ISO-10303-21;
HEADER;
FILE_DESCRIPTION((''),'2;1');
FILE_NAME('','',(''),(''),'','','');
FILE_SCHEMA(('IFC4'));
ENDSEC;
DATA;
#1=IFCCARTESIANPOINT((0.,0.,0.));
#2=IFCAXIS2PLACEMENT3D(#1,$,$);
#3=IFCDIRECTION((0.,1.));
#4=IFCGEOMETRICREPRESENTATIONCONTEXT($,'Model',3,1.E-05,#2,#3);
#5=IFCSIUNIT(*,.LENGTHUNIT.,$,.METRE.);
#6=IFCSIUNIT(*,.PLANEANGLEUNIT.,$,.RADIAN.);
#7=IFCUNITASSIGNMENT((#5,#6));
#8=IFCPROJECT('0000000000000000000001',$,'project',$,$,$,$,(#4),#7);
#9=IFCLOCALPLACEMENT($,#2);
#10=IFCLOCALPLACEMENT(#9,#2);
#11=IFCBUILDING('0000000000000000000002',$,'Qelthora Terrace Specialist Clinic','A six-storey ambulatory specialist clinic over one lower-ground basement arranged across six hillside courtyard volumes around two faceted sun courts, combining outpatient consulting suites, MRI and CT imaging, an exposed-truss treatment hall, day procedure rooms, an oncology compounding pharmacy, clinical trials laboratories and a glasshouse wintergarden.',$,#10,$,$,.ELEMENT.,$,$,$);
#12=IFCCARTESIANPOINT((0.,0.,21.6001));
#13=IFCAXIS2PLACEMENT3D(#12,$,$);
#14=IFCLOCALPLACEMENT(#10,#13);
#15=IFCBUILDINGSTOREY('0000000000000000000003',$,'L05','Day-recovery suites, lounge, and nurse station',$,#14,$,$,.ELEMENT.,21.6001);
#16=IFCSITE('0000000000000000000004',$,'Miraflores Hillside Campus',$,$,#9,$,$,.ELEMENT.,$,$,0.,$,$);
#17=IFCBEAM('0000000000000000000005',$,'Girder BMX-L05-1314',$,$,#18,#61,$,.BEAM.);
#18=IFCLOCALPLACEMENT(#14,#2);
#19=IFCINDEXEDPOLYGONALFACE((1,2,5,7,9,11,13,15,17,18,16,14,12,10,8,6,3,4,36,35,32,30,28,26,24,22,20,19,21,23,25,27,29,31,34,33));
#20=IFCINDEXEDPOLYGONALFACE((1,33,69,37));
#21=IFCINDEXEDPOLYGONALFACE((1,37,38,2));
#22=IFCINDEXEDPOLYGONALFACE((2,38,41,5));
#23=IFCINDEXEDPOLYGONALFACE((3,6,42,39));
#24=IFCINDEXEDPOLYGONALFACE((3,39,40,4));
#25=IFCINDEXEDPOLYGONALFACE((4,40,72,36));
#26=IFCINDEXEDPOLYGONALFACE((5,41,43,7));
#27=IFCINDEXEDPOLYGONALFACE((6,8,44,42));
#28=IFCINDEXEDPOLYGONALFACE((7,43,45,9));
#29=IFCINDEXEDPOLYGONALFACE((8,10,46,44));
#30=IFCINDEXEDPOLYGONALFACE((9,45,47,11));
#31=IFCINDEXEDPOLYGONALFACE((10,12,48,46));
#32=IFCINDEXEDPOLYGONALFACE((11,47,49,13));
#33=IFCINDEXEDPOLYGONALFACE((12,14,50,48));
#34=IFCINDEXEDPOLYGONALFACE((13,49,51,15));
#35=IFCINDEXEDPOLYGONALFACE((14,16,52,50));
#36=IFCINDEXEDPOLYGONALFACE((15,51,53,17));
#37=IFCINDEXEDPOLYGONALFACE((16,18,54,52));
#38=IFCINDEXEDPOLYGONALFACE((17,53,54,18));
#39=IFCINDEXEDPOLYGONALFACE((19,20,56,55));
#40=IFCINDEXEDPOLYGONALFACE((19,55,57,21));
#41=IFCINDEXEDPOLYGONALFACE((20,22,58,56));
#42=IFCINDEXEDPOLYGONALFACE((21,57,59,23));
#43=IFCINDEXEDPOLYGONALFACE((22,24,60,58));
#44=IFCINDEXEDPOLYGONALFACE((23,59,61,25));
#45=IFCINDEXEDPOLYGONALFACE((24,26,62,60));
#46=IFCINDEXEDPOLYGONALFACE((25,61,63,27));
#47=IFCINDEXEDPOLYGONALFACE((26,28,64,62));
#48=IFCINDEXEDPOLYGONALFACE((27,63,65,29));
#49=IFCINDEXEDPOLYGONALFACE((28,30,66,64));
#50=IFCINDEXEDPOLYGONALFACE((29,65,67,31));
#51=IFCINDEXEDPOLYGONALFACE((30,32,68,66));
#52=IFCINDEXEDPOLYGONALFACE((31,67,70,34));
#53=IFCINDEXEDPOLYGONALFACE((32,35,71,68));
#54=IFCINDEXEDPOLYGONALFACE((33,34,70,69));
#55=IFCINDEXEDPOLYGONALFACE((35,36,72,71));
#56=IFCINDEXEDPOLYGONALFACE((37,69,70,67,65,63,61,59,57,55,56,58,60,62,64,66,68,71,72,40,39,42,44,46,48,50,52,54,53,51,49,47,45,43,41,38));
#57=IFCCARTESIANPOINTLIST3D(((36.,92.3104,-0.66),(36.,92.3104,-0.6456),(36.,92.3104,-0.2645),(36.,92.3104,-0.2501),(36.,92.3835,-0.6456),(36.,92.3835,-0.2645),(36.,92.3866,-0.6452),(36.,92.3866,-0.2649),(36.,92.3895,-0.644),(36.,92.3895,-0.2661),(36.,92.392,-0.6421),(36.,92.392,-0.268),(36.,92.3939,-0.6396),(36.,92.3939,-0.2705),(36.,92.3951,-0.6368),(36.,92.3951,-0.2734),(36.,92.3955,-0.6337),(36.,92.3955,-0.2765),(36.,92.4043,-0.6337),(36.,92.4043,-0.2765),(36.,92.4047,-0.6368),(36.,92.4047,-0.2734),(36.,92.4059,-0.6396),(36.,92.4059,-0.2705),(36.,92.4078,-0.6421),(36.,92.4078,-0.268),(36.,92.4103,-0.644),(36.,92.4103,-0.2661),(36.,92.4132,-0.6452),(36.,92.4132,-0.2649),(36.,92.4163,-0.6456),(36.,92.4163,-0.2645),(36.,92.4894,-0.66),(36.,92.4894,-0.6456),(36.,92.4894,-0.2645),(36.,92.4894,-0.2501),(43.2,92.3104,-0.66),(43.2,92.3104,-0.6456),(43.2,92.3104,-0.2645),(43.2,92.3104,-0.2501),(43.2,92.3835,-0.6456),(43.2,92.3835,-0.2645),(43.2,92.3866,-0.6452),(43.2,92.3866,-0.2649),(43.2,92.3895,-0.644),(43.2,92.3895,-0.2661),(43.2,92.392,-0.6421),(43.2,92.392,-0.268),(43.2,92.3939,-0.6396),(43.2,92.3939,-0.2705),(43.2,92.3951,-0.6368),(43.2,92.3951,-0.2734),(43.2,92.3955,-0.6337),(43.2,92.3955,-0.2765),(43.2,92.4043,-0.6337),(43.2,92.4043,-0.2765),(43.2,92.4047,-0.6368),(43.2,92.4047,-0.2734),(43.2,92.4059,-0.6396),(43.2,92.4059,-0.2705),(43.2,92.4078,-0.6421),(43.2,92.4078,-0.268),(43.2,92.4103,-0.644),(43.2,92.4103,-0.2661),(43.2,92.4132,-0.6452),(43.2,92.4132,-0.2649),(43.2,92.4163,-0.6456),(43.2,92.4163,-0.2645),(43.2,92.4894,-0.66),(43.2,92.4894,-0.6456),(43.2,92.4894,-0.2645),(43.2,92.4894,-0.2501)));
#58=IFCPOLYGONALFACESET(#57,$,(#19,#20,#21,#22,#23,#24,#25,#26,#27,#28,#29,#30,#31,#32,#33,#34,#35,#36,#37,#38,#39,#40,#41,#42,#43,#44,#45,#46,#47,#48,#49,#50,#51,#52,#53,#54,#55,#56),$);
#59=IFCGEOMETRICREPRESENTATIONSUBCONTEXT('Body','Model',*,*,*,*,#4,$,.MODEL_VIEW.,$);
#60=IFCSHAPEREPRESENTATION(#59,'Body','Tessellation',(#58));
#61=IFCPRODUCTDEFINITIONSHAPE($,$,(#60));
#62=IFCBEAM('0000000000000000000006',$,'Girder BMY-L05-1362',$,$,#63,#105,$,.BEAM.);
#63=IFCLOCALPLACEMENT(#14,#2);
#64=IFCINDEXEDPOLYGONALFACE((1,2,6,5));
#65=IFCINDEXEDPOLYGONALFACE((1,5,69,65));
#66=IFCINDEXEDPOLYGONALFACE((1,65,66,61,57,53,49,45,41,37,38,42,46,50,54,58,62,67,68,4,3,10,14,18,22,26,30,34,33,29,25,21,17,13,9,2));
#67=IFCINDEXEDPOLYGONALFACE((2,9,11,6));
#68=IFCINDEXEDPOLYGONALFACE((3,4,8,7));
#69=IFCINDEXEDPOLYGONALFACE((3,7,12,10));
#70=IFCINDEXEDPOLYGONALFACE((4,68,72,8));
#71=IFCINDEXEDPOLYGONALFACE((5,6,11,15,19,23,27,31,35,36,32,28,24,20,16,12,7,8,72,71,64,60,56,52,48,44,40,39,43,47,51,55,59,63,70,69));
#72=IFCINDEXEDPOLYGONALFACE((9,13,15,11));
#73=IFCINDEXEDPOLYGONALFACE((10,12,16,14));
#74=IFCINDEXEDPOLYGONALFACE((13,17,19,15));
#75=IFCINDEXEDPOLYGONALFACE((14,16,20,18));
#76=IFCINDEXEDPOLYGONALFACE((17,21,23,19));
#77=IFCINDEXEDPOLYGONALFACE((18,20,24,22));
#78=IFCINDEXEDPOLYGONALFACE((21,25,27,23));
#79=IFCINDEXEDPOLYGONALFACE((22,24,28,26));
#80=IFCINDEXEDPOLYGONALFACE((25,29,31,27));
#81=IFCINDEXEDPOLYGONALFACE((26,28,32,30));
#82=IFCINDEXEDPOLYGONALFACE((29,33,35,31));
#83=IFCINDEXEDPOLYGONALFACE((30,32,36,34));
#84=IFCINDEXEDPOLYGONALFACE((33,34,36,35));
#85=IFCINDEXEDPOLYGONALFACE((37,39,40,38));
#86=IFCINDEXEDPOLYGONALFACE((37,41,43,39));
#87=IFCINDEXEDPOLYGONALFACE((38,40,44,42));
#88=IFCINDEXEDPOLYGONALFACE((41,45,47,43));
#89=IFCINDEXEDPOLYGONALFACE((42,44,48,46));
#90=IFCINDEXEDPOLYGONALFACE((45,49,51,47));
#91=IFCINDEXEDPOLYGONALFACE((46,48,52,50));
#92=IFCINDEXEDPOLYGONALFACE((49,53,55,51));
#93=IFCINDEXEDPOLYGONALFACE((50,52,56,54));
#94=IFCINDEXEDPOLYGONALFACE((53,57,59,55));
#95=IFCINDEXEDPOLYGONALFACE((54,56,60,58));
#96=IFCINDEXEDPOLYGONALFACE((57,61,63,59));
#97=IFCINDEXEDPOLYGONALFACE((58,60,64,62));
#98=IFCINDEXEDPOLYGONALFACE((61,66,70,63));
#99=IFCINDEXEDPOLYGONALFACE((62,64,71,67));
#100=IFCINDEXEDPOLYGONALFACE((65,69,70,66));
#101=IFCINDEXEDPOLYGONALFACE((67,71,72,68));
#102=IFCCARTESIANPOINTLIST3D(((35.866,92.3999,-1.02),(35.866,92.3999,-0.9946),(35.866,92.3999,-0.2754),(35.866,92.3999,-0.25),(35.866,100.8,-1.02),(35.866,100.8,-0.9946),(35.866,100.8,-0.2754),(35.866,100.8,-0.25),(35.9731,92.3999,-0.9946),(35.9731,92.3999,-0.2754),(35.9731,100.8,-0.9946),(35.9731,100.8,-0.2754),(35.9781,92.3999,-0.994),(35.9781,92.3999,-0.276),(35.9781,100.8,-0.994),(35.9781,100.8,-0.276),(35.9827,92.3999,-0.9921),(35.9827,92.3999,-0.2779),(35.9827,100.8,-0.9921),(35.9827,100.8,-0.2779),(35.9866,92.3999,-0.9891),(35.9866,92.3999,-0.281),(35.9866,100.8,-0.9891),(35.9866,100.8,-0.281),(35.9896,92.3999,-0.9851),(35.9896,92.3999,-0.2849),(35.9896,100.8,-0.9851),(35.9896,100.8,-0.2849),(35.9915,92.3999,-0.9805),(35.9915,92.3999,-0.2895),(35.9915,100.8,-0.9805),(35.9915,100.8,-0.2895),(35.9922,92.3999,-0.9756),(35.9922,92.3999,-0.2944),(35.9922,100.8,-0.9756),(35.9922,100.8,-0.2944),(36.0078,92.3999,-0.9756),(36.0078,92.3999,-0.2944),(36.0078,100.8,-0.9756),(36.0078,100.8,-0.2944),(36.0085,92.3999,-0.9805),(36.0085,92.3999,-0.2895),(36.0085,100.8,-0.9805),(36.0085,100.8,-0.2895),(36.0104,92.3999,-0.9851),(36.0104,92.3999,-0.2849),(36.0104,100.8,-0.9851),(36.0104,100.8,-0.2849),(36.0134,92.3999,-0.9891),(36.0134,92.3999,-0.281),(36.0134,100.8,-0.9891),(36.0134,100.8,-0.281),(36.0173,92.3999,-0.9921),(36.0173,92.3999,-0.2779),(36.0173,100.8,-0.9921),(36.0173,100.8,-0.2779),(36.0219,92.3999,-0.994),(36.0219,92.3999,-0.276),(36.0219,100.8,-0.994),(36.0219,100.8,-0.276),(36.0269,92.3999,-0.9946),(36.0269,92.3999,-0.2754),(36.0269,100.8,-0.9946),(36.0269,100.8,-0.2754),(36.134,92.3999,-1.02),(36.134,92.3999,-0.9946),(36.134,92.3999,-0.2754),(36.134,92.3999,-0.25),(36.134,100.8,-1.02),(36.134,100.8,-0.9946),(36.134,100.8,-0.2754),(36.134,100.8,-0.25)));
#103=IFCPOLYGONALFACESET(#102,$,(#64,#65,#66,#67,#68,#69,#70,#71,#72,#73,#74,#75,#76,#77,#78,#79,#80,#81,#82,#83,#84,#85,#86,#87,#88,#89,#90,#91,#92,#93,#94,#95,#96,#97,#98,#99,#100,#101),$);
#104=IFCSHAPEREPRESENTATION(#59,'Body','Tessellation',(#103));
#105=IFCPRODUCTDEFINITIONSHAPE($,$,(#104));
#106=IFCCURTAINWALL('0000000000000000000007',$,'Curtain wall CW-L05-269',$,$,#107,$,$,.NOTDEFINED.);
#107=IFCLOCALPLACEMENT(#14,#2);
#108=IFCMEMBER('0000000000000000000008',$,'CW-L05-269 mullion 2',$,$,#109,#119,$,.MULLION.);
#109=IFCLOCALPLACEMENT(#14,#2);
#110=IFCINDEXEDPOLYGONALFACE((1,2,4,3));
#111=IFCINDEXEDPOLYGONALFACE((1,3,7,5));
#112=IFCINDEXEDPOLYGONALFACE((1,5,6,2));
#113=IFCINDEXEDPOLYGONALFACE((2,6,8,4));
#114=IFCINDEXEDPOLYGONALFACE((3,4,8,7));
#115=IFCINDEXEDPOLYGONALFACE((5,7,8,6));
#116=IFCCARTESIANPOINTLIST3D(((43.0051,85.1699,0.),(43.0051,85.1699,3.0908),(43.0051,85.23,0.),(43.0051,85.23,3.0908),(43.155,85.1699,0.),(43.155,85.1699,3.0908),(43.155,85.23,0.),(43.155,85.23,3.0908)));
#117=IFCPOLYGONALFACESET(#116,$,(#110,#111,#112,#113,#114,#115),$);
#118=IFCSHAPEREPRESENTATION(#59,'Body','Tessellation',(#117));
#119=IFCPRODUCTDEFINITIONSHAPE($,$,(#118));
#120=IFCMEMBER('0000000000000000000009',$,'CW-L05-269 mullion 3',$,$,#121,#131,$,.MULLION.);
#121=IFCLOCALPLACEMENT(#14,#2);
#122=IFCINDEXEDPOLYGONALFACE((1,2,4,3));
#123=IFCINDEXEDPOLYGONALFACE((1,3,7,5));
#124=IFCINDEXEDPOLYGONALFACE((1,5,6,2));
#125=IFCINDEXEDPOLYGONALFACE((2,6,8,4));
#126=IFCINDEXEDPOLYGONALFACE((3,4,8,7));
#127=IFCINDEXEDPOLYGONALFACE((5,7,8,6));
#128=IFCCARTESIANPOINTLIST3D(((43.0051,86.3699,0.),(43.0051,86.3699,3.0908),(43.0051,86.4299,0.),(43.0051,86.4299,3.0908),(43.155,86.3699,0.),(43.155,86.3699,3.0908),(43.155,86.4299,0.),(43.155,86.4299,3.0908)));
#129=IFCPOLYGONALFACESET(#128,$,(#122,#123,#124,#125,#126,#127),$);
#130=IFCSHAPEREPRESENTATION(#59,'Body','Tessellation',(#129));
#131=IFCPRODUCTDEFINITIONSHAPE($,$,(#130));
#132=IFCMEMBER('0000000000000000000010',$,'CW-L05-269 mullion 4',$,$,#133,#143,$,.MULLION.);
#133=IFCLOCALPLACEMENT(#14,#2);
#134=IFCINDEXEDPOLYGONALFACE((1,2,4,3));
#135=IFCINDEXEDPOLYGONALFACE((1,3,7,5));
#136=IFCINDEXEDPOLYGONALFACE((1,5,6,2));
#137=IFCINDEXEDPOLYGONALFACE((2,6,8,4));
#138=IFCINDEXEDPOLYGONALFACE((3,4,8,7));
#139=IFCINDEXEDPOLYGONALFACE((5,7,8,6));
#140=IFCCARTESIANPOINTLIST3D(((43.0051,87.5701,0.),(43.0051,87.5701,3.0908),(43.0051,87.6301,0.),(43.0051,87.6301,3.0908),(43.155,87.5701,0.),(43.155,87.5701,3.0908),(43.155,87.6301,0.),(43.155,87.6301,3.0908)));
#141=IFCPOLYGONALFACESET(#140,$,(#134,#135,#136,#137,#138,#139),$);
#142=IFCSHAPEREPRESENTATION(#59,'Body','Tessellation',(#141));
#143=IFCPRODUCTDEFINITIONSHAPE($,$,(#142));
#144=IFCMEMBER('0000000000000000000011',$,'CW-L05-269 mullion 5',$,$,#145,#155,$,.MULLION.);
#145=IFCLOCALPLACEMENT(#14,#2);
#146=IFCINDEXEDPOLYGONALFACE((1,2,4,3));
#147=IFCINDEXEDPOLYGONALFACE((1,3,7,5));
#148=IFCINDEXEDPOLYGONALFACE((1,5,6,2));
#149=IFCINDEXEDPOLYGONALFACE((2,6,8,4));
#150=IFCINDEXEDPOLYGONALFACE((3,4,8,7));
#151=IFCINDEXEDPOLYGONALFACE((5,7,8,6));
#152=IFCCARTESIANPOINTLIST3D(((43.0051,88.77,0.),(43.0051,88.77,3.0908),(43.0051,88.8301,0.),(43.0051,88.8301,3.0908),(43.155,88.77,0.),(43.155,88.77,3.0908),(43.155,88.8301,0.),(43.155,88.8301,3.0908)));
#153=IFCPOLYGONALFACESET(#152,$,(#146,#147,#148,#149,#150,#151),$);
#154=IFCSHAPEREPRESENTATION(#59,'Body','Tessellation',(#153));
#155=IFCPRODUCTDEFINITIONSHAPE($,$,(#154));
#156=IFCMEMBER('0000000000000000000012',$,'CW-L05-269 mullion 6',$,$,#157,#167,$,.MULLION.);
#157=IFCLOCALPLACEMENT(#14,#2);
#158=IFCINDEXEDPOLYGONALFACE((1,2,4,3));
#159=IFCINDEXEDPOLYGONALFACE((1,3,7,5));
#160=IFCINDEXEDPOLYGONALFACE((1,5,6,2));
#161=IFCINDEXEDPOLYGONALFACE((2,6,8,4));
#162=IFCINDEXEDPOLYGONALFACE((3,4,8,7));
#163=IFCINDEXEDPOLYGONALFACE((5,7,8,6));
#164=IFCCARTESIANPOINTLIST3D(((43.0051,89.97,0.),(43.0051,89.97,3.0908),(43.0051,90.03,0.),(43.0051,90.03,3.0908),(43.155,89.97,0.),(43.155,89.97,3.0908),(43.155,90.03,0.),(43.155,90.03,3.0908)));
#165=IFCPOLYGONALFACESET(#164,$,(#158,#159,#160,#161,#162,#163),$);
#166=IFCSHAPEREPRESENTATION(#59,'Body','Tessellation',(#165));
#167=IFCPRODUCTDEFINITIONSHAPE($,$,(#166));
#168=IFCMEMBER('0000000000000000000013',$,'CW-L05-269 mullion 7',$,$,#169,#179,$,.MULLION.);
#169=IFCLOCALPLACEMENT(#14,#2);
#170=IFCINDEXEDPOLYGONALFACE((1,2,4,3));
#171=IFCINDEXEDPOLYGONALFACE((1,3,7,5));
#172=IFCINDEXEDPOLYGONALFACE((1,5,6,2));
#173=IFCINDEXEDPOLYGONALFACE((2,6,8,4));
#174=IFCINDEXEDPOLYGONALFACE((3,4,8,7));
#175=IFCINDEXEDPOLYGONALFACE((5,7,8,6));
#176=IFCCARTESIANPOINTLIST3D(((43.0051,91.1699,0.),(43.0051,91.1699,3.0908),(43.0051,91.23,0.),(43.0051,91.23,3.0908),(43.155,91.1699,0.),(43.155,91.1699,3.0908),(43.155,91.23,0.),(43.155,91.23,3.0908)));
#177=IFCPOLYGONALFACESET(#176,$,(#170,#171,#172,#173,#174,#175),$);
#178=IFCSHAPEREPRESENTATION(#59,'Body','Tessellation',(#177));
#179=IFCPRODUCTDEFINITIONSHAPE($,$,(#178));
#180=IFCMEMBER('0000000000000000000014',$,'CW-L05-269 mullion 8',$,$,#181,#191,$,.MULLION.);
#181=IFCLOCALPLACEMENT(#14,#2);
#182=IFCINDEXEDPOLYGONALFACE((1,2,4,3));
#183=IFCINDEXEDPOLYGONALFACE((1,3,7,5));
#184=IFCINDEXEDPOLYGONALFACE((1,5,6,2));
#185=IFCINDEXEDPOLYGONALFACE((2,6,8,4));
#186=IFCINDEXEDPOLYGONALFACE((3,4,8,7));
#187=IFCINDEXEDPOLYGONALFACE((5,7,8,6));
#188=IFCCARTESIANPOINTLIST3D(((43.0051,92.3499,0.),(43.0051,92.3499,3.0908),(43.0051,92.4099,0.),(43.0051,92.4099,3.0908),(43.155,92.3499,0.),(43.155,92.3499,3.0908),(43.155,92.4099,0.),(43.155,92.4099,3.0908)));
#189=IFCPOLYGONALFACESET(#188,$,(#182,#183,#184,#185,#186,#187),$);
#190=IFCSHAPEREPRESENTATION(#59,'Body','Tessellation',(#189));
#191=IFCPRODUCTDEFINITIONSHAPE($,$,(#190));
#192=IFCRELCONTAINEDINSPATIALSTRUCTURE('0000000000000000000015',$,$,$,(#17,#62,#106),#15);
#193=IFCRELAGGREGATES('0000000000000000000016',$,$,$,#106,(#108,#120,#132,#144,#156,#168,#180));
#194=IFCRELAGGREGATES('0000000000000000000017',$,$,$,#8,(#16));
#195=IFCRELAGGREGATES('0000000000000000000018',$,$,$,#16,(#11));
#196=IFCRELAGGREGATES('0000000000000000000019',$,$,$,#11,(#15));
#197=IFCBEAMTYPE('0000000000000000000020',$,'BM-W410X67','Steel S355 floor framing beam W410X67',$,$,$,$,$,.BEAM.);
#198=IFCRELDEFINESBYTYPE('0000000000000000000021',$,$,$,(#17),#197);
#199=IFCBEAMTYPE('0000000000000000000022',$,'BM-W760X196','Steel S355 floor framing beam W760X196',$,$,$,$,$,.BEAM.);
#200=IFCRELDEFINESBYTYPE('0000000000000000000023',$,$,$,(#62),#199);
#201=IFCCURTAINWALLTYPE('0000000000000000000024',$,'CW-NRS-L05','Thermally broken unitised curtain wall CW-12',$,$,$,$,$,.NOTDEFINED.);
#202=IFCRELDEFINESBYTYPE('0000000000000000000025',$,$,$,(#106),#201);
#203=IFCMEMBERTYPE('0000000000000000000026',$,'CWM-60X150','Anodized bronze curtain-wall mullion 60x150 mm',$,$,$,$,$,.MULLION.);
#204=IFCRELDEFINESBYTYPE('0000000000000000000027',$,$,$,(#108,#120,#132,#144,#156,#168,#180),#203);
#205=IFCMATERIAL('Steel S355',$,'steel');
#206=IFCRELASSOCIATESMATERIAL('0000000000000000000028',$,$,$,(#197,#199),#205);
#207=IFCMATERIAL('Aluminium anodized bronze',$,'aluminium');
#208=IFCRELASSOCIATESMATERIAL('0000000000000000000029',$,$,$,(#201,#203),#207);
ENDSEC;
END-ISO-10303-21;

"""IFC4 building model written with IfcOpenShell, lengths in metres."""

from ifc_helpers import new_model, si_unit, direction, frame, origin, origin_2d, place, context, subcontext, project, spatial, rectangle, i_section, extrude, material, material_profile, profile_set, type_object, element, aggregate, save


model = new_model("IFC4")

# Units and contexts
model_context = context("Model", 3, precision=1e-05, world=origin(), true_north=direction((0.0, 1.0)))
body_context = subcontext(model_context, "Body", "Model", "MODEL_VIEW")
ifc_project = project(units=[si_unit("LENGTHUNIT", "METRE"), si_unit("PLANEANGLEUNIT", "RADIAN")], contexts=[model_context])

# Site, building, storey
site_placement = place(None, origin())
site = spatial("IfcSite", under=ifc_project, at=site_placement, Name="Miraflores Hillside Campus", CompositionType="ELEMENT", RefElevation=0.0)
building_placement = place(site_placement, origin())
building = spatial("IfcBuilding", under=site, at=building_placement, Name="Qelthora Terrace Specialist Clinic", Description="A six-storey ambulatory specialist clinic over one lower-ground basement arranged across six hillside courtyard volumes around two faceted sun courts, combining outpatient consulting suites, MRI and CT imaging, an exposed-truss treatment hall, day procedure rooms, an oncology compounding pharmacy, clinical trials laboratories and a glasshouse wintergarden.", CompositionType="ELEMENT")
storey_placement = place(building_placement, frame((0.0, 0.0, 21.6001)))
storey = spatial("IfcBuildingStorey", under=building, at=storey_placement, Name="L05", Description="Day-recovery suites, lounge, and nurse station", CompositionType="ELEMENT", Elevation=21.6001)

# Beams
ifc_material_1 = material(Name="Steel S355", Category="steel")
ifc_material_profile_1 = material_profile(ifc_material_1, i_section(OverallWidth=0.179, OverallDepth=0.4099, WebThickness=0.0088, FlangeThickness=0.0144, FilletRadius=0.012, at=origin_2d()), Name="W410X67")
ifc_profile_set_1 = profile_set([ifc_material_profile_1], Name="Steel S355")
beam_type_1 = type_object("IfcBeamType", Name="BM-W410X67", Description="Steel S355 floor framing beam W410X67", PredefinedType="BEAM", material=ifc_profile_set_1)
beam_1_placement = place(storey_placement, frame((36.0, 92.3999, -0.4551), z_axis=(1.0, 0.0, 0.0), x_axis=(0.0, 1.0, 0.0)))
element("IfcBeam", 1, at=beam_1_placement, inside=storey, type_object=beam_type_1, Name="Girder BMX-L05-1314", PredefinedType="BEAM", context=body_context, shape_type="SweptSolid", body=[
    extrude(i_section(OverallWidth=0.179, OverallDepth=0.4099, WebThickness=0.0088, FlangeThickness=0.0144, FilletRadius=0.012, at=origin_2d()), origin(), (0.0, 0.0, 1.0), 7.2),
])
ifc_material_profile_2 = material_profile(ifc_material_1, i_section(OverallWidth=0.2681, OverallDepth=0.77, WebThickness=0.0156, FlangeThickness=0.0254, FilletRadius=0.019, at=origin_2d()), Name="W760X196")
ifc_profile_set_2 = profile_set([ifc_material_profile_2], Name="Steel S355")
beam_type_2 = type_object("IfcBeamType", Name="BM-W760X196", Description="Steel S355 floor framing beam W760X196", PredefinedType="BEAM", material=ifc_profile_set_2)
beam_2_placement = place(storey_placement, frame((36.0, 92.3999, -0.635), z_axis=(0.0, 1.0, 0.0), x_axis=(-1.0, 0.0, 0.0)))
element("IfcBeam", 2, at=beam_2_placement, inside=storey, type_object=beam_type_2, Name="Girder BMY-L05-1362", PredefinedType="BEAM", context=body_context, shape_type="SweptSolid", body=[
    extrude(i_section(OverallWidth=0.2681, OverallDepth=0.77, WebThickness=0.0156, FlangeThickness=0.0254, FilletRadius=0.019, at=origin_2d()), origin(), (0.0, 0.0, 1.0), 8.4001),
])

# Curtain wall, members
ifc_material_2 = material(Name="Aluminium anodized bronze", Category="aluminium")
curtain_wall_type = type_object("IfcCurtainWallType", Name="CW-NRS-L05", Description="Thermally broken unitised curtain wall CW-12", PredefinedType="NOTDEFINED", material=ifc_material_2)
curtain_wall_1_placement = place(storey_placement, origin())
curtain_wall_1 = element("IfcCurtainWall", 3, at=curtain_wall_1_placement, inside=storey, type_object=curtain_wall_type, Name="Curtain wall CW-L05-269", PredefinedType="NOTDEFINED")
ifc_material_profile_3 = material_profile(ifc_material_2, rectangle(XDim=0.0601, YDim=0.1499, at=origin_2d()), Name="CWM60X150")
ifc_profile_set_3 = profile_set([ifc_material_profile_3], Name="Aluminium anodized bronze")
member_type_1 = type_object("IfcMemberType", Name="CWM-60X150", Description="Anodized bronze curtain-wall mullion 60x150 mm", PredefinedType="MULLION", material=ifc_profile_set_3)
member_1_placement = place(storey_placement, frame((43.0801, 85.2, 0.0), z_axis=(0.0, 0.0, 1.0), x_axis=(0.0, 1.0, 0.0)))
member_1 = element("IfcMember", 4, at=member_1_placement, type_object=member_type_1, Name="CW-L05-269 mullion 2", PredefinedType="MULLION", context=body_context, shape_type="SweptSolid", body=[
    extrude(rectangle(XDim=0.0601, YDim=0.1499, at=origin_2d()), origin(), (0.0, 0.0, 1.0), 3.0908),
])
member_2_placement = place(storey_placement, frame((43.0801, 86.3999, 0.0), z_axis=(0.0, 0.0, 1.0), x_axis=(0.0, 1.0, 0.0)))
member_2 = element("IfcMember", 5, at=member_2_placement, type_object=member_type_1, Name="CW-L05-269 mullion 3", PredefinedType="MULLION", context=body_context, shape_type="SweptSolid", body=[
    extrude(rectangle(XDim=0.0601, YDim=0.1499, at=origin_2d()), origin(), (0.0, 0.0, 1.0), 3.0908),
])
member_3_placement = place(storey_placement, frame((43.0801, 87.6001, 0.0), z_axis=(0.0, 0.0, 1.0), x_axis=(0.0, 1.0, 0.0)))
member_3 = element("IfcMember", 6, at=member_3_placement, type_object=member_type_1, Name="CW-L05-269 mullion 4", PredefinedType="MULLION", context=body_context, shape_type="SweptSolid", body=[
    extrude(rectangle(XDim=0.0601, YDim=0.1499, at=origin_2d()), origin(), (0.0, 0.0, 1.0), 3.0908),
])
member_4_placement = place(storey_placement, frame((43.0801, 88.8, 0.0), z_axis=(0.0, 0.0, 1.0), x_axis=(0.0, 1.0, 0.0)))
member_4 = element("IfcMember", 7, at=member_4_placement, type_object=member_type_1, Name="CW-L05-269 mullion 5", PredefinedType="MULLION", context=body_context, shape_type="SweptSolid", body=[
    extrude(rectangle(XDim=0.0601, YDim=0.1499, at=origin_2d()), origin(), (0.0, 0.0, 1.0), 3.0908),
])
member_5_placement = place(storey_placement, frame((43.0801, 90.0, 0.0), z_axis=(0.0, 0.0, 1.0), x_axis=(0.0, 1.0, 0.0)))
member_5 = element("IfcMember", 8, at=member_5_placement, type_object=member_type_1, Name="CW-L05-269 mullion 6", PredefinedType="MULLION", context=body_context, shape_type="SweptSolid", body=[
    extrude(rectangle(XDim=0.0601, YDim=0.1499, at=origin_2d()), origin(), (0.0, 0.0, 1.0), 3.0908),
])
member_6_placement = place(storey_placement, frame((43.0801, 91.2, 0.0), z_axis=(0.0, 0.0, 1.0), x_axis=(0.0, 1.0, 0.0)))
member_6 = element("IfcMember", 9, at=member_6_placement, type_object=member_type_1, Name="CW-L05-269 mullion 7", PredefinedType="MULLION", context=body_context, shape_type="SweptSolid", body=[
    extrude(rectangle(XDim=0.0601, YDim=0.1499, at=origin_2d()), origin(), (0.0, 0.0, 1.0), 3.0908),
])
member_7_placement = place(storey_placement, frame((43.0801, 92.3799, 0.0), z_axis=(0.0, 0.0, 1.0), x_axis=(0.0, 1.0, 0.0)))
member_7 = element("IfcMember", 10, at=member_7_placement, type_object=member_type_1, Name="CW-L05-269 mullion 8", PredefinedType="MULLION", context=body_context, shape_type="SweptSolid", body=[
    extrude(rectangle(XDim=0.0601, YDim=0.1499, at=origin_2d()), origin(), (0.0, 0.0, 1.0), 3.0908),
])

aggregate(curtain_wall_1, [member_1, member_2, member_3, member_4, member_5, member_6, member_7])

save(model, "model.ifc")
